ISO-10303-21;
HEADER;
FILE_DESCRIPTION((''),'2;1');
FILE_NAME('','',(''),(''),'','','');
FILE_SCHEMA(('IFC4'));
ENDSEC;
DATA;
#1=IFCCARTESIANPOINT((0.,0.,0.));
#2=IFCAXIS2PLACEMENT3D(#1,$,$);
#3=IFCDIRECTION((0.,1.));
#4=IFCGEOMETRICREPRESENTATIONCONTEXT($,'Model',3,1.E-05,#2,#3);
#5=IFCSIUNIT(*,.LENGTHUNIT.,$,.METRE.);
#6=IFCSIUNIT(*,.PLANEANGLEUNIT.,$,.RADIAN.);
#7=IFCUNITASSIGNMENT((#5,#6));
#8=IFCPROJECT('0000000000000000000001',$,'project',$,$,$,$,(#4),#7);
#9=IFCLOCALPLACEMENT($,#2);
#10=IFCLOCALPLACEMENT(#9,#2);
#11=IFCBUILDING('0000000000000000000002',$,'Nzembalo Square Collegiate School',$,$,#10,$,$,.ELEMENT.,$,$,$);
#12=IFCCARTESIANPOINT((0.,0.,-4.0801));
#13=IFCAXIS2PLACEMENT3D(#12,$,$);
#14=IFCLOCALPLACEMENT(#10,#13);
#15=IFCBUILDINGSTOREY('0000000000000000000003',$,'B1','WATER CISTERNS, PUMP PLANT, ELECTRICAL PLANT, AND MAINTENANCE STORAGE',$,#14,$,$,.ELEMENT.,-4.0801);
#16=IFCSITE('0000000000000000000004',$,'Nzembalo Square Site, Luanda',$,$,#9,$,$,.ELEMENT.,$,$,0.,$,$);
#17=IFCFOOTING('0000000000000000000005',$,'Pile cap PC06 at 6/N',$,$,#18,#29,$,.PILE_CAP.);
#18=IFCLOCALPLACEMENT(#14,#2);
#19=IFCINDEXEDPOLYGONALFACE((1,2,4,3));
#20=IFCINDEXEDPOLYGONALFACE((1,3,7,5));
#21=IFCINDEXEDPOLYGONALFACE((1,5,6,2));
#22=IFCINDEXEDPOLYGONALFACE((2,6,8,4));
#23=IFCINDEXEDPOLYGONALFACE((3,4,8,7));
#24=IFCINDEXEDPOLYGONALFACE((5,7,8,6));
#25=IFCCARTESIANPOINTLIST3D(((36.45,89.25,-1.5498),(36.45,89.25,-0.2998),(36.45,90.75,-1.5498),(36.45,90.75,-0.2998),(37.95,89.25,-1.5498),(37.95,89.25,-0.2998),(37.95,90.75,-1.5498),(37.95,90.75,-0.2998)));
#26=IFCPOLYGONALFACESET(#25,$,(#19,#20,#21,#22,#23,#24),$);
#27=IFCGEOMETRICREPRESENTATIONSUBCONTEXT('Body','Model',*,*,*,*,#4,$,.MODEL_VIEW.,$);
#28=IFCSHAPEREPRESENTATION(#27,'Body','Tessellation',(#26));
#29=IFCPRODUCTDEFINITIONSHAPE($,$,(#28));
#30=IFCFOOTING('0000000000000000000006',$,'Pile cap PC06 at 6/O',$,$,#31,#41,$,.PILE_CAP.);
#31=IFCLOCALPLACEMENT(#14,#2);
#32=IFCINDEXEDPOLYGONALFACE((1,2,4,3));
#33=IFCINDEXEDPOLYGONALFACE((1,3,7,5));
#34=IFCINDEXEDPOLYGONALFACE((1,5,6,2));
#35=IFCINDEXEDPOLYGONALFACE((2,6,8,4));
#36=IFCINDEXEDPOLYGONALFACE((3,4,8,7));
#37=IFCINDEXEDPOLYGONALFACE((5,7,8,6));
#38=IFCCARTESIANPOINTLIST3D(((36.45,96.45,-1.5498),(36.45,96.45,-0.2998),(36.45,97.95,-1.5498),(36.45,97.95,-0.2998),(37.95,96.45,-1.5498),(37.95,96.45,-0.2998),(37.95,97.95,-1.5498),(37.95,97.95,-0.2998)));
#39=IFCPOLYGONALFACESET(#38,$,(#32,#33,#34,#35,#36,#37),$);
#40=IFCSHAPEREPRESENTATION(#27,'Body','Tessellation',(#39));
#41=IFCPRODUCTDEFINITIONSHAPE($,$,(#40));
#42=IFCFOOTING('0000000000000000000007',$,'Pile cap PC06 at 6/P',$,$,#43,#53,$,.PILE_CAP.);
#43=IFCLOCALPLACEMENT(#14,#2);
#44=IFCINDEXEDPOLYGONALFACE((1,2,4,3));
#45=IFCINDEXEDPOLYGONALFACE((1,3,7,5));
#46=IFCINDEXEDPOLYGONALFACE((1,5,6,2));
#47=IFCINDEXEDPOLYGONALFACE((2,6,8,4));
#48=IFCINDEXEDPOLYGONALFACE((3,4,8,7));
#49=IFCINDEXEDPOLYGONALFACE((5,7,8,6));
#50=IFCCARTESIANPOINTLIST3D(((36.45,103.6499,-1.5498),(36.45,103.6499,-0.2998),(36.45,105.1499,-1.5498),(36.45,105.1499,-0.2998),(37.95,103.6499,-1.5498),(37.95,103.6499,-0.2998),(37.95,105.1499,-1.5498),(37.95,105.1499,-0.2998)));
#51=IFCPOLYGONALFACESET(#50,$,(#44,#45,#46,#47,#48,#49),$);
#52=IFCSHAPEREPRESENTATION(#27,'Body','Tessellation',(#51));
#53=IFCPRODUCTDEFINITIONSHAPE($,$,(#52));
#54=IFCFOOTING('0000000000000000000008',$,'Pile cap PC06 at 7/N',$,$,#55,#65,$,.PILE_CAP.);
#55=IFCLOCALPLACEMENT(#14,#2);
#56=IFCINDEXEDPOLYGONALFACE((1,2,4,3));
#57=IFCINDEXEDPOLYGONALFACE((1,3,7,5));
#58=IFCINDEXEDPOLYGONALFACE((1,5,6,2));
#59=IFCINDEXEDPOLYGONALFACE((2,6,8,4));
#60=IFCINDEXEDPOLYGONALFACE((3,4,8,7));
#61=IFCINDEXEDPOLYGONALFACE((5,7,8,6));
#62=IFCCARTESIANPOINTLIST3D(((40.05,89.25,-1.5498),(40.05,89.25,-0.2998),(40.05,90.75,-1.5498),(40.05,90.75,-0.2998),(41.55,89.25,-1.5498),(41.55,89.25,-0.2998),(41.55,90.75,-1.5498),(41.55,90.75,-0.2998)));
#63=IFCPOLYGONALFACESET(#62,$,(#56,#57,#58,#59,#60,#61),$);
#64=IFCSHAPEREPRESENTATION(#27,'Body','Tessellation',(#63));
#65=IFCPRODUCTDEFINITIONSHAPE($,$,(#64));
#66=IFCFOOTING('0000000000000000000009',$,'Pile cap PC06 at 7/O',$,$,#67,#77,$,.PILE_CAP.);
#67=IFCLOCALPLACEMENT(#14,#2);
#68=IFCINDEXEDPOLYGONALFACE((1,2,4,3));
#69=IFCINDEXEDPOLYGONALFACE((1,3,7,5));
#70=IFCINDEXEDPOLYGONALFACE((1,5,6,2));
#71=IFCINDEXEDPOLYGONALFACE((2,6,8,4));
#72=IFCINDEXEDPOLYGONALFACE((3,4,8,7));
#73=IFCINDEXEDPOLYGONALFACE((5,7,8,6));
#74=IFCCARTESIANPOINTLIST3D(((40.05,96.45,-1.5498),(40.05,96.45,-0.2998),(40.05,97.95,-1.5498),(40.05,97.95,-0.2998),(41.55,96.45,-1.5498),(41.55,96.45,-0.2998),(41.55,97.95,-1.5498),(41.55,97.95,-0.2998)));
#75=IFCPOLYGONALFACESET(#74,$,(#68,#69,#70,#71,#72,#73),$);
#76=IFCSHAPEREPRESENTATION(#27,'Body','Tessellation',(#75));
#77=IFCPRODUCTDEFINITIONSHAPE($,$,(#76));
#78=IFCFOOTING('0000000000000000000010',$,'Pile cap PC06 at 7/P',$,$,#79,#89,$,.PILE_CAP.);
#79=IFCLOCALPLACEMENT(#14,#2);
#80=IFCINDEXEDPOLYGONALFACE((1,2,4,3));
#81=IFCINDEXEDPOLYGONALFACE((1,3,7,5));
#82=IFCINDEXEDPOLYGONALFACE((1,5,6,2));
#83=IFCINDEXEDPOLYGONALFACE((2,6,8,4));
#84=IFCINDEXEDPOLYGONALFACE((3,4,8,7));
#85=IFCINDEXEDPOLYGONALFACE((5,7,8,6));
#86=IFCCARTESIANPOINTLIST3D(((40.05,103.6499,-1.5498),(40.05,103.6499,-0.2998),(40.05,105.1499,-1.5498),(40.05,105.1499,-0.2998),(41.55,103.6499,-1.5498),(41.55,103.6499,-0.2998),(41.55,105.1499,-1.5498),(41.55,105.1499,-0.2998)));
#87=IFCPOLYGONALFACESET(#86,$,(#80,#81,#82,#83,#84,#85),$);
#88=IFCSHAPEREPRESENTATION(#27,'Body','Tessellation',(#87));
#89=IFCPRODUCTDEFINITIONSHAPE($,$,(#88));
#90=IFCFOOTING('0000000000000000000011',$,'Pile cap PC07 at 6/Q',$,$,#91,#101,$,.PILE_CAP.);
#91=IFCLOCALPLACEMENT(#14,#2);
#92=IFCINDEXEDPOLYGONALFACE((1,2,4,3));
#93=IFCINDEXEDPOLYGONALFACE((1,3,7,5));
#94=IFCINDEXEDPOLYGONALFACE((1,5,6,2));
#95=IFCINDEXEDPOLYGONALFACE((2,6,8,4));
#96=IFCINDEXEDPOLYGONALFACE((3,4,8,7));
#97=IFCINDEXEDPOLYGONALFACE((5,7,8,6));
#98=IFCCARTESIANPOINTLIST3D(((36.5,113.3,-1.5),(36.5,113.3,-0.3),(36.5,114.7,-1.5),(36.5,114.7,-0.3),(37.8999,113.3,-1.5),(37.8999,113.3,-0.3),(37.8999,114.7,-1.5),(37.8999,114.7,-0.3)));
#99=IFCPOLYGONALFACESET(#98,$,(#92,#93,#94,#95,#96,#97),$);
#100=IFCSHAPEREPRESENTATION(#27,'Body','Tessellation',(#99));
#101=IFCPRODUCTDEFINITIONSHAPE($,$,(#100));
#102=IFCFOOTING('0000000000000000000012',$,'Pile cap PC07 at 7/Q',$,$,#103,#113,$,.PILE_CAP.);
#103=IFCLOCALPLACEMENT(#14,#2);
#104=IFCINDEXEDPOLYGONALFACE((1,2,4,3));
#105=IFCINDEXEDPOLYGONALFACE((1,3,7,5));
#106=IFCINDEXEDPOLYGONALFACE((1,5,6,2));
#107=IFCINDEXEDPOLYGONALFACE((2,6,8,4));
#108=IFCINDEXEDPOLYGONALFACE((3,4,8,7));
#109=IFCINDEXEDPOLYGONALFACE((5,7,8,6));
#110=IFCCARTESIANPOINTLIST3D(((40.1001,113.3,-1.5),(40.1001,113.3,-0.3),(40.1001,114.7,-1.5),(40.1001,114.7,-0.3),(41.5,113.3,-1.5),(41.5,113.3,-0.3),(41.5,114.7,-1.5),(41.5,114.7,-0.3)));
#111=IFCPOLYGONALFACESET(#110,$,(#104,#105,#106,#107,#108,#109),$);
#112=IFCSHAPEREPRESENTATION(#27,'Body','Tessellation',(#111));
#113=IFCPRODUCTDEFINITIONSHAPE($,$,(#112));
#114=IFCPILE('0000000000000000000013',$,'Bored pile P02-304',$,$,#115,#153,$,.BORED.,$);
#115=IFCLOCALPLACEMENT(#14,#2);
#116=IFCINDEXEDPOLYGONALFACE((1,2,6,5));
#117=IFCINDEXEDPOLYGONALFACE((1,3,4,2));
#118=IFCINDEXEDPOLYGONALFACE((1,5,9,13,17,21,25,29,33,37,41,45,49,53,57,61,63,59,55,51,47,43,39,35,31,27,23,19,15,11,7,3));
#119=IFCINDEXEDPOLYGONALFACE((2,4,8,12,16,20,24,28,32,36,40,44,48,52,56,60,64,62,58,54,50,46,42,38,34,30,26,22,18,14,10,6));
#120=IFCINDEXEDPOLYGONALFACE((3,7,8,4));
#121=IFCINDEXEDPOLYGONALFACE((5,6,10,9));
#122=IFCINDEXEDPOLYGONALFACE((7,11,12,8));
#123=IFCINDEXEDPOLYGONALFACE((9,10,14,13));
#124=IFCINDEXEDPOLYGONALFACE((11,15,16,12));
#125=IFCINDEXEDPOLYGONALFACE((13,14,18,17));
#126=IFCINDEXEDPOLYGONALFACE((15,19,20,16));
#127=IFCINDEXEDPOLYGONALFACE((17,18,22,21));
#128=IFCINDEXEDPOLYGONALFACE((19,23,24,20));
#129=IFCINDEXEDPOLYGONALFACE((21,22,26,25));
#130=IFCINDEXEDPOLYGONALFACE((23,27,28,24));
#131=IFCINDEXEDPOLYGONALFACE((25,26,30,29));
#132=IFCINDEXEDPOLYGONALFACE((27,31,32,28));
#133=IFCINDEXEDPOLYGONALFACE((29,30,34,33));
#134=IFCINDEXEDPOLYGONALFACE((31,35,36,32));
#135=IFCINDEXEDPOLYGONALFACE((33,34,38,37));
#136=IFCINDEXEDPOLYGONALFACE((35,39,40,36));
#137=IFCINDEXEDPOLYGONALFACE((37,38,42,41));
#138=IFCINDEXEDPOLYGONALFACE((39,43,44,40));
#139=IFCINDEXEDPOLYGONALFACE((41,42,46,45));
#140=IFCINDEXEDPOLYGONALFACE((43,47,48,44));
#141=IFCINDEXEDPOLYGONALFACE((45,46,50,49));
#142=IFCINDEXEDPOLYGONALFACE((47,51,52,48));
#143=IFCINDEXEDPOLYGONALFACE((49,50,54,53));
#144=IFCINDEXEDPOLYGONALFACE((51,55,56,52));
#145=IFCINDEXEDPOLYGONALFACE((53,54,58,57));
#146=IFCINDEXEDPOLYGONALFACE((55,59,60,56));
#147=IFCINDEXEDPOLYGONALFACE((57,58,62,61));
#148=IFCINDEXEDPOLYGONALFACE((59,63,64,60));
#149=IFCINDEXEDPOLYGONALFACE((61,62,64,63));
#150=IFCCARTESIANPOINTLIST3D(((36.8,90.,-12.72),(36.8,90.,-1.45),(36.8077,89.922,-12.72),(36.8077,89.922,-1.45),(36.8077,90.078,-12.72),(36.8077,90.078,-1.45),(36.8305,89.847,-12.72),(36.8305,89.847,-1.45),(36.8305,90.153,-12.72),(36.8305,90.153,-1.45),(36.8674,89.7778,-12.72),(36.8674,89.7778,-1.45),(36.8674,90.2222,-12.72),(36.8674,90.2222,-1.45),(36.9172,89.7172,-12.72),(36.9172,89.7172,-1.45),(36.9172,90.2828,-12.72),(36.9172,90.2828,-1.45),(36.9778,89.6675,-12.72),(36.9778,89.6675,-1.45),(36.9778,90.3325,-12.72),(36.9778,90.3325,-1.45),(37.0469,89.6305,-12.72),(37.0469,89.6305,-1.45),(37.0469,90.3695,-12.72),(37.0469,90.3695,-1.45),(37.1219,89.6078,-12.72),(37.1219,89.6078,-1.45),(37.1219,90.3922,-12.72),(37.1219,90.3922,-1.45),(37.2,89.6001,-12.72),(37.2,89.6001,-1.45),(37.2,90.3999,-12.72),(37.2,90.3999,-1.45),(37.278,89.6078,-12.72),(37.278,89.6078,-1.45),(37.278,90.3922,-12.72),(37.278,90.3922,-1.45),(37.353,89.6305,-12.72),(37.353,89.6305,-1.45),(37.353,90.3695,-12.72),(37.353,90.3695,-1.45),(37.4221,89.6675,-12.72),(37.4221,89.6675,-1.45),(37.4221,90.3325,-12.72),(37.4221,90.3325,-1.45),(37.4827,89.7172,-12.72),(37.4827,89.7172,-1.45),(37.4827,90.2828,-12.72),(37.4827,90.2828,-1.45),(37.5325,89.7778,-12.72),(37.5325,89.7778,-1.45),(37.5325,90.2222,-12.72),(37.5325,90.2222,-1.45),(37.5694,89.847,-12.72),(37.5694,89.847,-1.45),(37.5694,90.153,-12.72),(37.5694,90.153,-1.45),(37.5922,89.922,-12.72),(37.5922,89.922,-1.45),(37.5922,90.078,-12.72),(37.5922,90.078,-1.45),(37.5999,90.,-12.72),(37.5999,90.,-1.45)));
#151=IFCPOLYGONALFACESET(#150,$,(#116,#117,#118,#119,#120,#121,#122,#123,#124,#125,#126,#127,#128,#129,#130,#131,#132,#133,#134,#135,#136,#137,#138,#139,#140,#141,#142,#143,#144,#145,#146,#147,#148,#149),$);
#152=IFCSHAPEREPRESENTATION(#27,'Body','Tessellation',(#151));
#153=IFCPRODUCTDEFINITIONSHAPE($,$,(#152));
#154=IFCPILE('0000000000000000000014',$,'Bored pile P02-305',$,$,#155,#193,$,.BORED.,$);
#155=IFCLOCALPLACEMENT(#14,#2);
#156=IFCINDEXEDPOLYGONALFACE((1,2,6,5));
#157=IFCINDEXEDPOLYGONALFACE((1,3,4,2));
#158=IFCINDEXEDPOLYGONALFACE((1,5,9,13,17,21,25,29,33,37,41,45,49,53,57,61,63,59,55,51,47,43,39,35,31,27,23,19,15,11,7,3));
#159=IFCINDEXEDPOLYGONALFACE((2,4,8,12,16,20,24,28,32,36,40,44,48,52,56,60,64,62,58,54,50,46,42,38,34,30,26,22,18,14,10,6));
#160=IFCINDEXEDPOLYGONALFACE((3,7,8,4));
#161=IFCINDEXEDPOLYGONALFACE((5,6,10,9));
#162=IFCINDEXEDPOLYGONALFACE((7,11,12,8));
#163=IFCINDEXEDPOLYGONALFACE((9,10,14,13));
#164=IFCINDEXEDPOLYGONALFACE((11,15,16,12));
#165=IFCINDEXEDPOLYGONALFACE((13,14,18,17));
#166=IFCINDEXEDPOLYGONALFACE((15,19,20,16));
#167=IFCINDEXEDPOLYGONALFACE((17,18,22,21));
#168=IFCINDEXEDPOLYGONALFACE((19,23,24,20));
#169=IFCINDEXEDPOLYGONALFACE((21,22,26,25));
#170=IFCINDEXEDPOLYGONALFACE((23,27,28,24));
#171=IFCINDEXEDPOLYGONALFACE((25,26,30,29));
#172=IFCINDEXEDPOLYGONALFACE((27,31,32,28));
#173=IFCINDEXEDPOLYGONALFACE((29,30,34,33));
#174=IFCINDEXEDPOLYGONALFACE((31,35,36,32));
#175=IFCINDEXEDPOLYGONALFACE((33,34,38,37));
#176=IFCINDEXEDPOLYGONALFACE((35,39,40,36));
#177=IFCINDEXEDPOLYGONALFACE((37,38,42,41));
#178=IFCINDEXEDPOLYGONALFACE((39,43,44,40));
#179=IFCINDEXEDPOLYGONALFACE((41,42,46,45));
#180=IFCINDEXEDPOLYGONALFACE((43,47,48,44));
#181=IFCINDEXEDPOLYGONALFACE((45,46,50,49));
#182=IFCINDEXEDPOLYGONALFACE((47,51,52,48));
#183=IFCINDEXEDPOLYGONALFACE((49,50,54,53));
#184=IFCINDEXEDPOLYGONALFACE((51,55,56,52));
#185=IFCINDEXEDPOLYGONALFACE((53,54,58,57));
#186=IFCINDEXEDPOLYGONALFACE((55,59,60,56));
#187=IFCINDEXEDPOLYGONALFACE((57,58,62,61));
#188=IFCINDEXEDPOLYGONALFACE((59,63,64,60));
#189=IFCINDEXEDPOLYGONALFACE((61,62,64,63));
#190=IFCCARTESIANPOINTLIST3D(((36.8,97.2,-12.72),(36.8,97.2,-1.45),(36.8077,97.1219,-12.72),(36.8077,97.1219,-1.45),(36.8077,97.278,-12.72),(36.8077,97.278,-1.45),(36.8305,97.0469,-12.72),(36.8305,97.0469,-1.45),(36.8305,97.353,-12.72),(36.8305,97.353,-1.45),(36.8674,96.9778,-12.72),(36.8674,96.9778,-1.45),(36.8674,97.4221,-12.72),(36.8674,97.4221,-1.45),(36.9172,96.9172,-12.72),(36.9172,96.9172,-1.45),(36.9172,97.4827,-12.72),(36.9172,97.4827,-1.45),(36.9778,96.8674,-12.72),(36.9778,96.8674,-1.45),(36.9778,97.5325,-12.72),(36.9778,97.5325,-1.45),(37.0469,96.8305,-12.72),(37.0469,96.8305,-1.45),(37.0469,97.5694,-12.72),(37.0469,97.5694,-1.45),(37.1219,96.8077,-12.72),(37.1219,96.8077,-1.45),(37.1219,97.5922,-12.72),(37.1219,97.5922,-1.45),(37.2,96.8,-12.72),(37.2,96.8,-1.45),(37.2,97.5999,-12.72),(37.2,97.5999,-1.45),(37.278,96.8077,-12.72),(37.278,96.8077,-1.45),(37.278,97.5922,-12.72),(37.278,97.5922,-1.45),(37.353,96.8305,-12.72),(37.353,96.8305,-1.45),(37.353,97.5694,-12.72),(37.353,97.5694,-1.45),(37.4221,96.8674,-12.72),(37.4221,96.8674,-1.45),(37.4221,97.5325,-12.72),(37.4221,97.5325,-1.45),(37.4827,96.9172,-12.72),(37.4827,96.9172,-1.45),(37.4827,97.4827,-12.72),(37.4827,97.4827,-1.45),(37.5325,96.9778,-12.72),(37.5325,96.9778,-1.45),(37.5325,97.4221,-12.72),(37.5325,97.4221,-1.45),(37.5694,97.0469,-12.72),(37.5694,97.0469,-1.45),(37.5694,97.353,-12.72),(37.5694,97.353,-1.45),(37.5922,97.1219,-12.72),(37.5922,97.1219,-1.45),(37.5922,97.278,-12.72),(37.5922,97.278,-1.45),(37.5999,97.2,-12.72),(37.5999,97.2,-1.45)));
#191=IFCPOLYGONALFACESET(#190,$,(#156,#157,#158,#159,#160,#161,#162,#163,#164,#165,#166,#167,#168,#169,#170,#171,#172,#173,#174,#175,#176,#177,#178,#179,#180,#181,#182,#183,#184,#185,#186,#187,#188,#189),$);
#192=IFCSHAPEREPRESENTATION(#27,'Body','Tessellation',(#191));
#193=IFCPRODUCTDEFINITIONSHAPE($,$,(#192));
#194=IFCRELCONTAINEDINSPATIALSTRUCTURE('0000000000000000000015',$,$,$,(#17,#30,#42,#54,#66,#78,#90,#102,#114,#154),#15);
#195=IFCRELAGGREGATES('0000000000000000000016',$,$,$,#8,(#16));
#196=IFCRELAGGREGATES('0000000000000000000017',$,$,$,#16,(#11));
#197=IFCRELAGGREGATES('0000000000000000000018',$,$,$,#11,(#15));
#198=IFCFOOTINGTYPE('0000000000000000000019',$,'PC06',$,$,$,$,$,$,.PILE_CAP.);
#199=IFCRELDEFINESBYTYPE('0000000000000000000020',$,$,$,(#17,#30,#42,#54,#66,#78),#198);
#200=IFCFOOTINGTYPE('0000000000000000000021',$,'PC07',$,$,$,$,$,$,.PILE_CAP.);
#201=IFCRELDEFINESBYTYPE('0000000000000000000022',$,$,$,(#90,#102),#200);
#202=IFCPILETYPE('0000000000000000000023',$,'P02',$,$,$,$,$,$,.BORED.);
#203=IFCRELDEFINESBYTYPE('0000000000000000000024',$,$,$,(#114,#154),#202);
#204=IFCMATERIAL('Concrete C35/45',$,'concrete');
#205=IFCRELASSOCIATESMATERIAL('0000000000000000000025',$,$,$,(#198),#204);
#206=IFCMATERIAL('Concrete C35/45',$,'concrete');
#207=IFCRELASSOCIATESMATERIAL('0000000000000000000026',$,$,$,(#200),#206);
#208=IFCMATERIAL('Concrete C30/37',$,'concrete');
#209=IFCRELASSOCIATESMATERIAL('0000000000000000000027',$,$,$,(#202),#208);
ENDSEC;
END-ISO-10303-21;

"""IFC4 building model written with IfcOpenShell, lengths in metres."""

from ifc_helpers import new_model, si_unit, direction, frame, origin, origin_2d, place, context, subcontext, project, spatial, rectangle, circle, extrude, material, material_profile, profile_set, type_object, element, save


model = new_model("IFC4")

# Units and contexts
model_context = context("Model", 3, precision=1e-05, world=origin(), true_north=direction((0.0, 1.0)))
body_context = subcontext(model_context, "Body", "Model", "MODEL_VIEW")
ifc_project = project(units=[si_unit("LENGTHUNIT", "METRE"), si_unit("PLANEANGLEUNIT", "RADIAN")], contexts=[model_context])

# Site, building, storey
site_placement = place(None, origin())
site = spatial("IfcSite", under=ifc_project, at=site_placement, Name="Nzembalo Square Site, Luanda", CompositionType="ELEMENT", RefElevation=0.0)
building_placement = place(site_placement, origin())
building = spatial("IfcBuilding", under=site, at=building_placement, Name="Nzembalo Square Collegiate School", CompositionType="ELEMENT")
storey_placement = place(building_placement, frame((0.0, 0.0, -4.0801)))
storey = spatial("IfcBuildingStorey", under=building, at=storey_placement, Name="B1", Description="WATER CISTERNS, PUMP PLANT, ELECTRICAL PLANT, AND MAINTENANCE STORAGE", CompositionType="ELEMENT", Elevation=-4.0801)

# Footings
ifc_material_1 = material(Name="Concrete C35/45", Category="concrete")
footing_type_1 = type_object("IfcFootingType", Name="PC06", PredefinedType="PILE_CAP", material=ifc_material_1)
for number, where, z_axis, x_axis, name in (
    (1, (37.2, 90.0, -1.5498), (0.0, 0.0, 1.0), (1.0, 0.0, 0.0), "Pile cap PC06 at 6/N"),
    (2, (37.2, 97.2, -1.5498), (0.0, 0.0, 1.0), (1.0, 0.0, 0.0), "Pile cap PC06 at 6/O"),
    (3, (37.2, 104.3999, -1.5498), (0.0, 0.0, 1.0), (1.0, 0.0, 0.0), "Pile cap PC06 at 6/P"),
    (4, (40.8, 90.0, -1.5498), (0.0, 0.0, 1.0), (1.0, 0.0, 0.0), "Pile cap PC06 at 7/N"),
    (5, (40.8, 97.2, -1.5498), (0.0, 0.0, 1.0), (1.0, 0.0, 0.0), "Pile cap PC06 at 7/O"),
    (6, (40.8, 104.3999, -1.5498), (0.0, 0.0, 1.0), (1.0, 0.0, 0.0), "Pile cap PC06 at 7/P"),
):
    element("IfcFooting", number, at=place(storey_placement, frame(where, z_axis=z_axis, x_axis=x_axis)), inside=storey, type_object=footing_type_1, Name=name, PredefinedType="PILE_CAP", context=body_context, shape_type="SweptSolid", body=[
        extrude(rectangle(XDim=1.5, YDim=1.5, at=origin_2d()), origin(), (0.0, 0.0, 1.0), 1.25),
    ])
ifc_material_2 = material(Name="Concrete C35/45", Category="concrete")
footing_type_2 = type_object("IfcFootingType", Name="PC07", PredefinedType="PILE_CAP", material=ifc_material_2)
for number, where, z_axis, x_axis, name in (
    (7, (37.2, 114.0, -1.5), (0.0, 0.0, 1.0), (1.0, 0.0, 0.0), "Pile cap PC07 at 6/Q"),
    (8, (40.8, 114.0, -1.5), (0.0, 0.0, 1.0), (1.0, 0.0, 0.0), "Pile cap PC07 at 7/Q"),
):
    element("IfcFooting", number, at=place(storey_placement, frame(where, z_axis=z_axis, x_axis=x_axis)), inside=storey, type_object=footing_type_2, Name=name, PredefinedType="PILE_CAP", context=body_context, shape_type="SweptSolid", body=[
        extrude(rectangle(XDim=1.3999, YDim=1.3999, at=origin_2d()), origin(), (0.0, 0.0, 1.0), 1.2),
    ])

# Piles
ifc_material_3 = material(Name="Concrete C30/37", Category="concrete")
ifc_material_profile_1 = material_profile(ifc_material_3, circle(Radius=0.3999, at=origin_2d()), Name="PILE D800")
ifc_profile_set_1 = profile_set([ifc_material_profile_1], Name="Concrete C30/37")
pile_type = type_object("IfcPileType", Name="P02", PredefinedType="BORED", material=ifc_profile_set_1)
for number, where, z_axis, x_axis, name in (
    (9, (37.2, 90.0, -1.45), (0.0, 0.0, -1.0), (1.0, 0.0, 0.0), "Bored pile P02-304"),
    (10, (37.2, 97.2, -1.45), (0.0, 0.0, -1.0), (1.0, 0.0, 0.0), "Bored pile P02-305"),
):
    element("IfcPile", number, at=place(storey_placement, frame(where, z_axis=z_axis, x_axis=x_axis)), inside=storey, type_object=pile_type, Name=name, PredefinedType="BORED", context=body_context, shape_type="SweptSolid", body=[
        extrude(circle(Radius=0.3999, at=origin_2d()), origin(), (0.0, 0.0, 1.0), 11.27),
    ])

save(model, "model.ifc")
